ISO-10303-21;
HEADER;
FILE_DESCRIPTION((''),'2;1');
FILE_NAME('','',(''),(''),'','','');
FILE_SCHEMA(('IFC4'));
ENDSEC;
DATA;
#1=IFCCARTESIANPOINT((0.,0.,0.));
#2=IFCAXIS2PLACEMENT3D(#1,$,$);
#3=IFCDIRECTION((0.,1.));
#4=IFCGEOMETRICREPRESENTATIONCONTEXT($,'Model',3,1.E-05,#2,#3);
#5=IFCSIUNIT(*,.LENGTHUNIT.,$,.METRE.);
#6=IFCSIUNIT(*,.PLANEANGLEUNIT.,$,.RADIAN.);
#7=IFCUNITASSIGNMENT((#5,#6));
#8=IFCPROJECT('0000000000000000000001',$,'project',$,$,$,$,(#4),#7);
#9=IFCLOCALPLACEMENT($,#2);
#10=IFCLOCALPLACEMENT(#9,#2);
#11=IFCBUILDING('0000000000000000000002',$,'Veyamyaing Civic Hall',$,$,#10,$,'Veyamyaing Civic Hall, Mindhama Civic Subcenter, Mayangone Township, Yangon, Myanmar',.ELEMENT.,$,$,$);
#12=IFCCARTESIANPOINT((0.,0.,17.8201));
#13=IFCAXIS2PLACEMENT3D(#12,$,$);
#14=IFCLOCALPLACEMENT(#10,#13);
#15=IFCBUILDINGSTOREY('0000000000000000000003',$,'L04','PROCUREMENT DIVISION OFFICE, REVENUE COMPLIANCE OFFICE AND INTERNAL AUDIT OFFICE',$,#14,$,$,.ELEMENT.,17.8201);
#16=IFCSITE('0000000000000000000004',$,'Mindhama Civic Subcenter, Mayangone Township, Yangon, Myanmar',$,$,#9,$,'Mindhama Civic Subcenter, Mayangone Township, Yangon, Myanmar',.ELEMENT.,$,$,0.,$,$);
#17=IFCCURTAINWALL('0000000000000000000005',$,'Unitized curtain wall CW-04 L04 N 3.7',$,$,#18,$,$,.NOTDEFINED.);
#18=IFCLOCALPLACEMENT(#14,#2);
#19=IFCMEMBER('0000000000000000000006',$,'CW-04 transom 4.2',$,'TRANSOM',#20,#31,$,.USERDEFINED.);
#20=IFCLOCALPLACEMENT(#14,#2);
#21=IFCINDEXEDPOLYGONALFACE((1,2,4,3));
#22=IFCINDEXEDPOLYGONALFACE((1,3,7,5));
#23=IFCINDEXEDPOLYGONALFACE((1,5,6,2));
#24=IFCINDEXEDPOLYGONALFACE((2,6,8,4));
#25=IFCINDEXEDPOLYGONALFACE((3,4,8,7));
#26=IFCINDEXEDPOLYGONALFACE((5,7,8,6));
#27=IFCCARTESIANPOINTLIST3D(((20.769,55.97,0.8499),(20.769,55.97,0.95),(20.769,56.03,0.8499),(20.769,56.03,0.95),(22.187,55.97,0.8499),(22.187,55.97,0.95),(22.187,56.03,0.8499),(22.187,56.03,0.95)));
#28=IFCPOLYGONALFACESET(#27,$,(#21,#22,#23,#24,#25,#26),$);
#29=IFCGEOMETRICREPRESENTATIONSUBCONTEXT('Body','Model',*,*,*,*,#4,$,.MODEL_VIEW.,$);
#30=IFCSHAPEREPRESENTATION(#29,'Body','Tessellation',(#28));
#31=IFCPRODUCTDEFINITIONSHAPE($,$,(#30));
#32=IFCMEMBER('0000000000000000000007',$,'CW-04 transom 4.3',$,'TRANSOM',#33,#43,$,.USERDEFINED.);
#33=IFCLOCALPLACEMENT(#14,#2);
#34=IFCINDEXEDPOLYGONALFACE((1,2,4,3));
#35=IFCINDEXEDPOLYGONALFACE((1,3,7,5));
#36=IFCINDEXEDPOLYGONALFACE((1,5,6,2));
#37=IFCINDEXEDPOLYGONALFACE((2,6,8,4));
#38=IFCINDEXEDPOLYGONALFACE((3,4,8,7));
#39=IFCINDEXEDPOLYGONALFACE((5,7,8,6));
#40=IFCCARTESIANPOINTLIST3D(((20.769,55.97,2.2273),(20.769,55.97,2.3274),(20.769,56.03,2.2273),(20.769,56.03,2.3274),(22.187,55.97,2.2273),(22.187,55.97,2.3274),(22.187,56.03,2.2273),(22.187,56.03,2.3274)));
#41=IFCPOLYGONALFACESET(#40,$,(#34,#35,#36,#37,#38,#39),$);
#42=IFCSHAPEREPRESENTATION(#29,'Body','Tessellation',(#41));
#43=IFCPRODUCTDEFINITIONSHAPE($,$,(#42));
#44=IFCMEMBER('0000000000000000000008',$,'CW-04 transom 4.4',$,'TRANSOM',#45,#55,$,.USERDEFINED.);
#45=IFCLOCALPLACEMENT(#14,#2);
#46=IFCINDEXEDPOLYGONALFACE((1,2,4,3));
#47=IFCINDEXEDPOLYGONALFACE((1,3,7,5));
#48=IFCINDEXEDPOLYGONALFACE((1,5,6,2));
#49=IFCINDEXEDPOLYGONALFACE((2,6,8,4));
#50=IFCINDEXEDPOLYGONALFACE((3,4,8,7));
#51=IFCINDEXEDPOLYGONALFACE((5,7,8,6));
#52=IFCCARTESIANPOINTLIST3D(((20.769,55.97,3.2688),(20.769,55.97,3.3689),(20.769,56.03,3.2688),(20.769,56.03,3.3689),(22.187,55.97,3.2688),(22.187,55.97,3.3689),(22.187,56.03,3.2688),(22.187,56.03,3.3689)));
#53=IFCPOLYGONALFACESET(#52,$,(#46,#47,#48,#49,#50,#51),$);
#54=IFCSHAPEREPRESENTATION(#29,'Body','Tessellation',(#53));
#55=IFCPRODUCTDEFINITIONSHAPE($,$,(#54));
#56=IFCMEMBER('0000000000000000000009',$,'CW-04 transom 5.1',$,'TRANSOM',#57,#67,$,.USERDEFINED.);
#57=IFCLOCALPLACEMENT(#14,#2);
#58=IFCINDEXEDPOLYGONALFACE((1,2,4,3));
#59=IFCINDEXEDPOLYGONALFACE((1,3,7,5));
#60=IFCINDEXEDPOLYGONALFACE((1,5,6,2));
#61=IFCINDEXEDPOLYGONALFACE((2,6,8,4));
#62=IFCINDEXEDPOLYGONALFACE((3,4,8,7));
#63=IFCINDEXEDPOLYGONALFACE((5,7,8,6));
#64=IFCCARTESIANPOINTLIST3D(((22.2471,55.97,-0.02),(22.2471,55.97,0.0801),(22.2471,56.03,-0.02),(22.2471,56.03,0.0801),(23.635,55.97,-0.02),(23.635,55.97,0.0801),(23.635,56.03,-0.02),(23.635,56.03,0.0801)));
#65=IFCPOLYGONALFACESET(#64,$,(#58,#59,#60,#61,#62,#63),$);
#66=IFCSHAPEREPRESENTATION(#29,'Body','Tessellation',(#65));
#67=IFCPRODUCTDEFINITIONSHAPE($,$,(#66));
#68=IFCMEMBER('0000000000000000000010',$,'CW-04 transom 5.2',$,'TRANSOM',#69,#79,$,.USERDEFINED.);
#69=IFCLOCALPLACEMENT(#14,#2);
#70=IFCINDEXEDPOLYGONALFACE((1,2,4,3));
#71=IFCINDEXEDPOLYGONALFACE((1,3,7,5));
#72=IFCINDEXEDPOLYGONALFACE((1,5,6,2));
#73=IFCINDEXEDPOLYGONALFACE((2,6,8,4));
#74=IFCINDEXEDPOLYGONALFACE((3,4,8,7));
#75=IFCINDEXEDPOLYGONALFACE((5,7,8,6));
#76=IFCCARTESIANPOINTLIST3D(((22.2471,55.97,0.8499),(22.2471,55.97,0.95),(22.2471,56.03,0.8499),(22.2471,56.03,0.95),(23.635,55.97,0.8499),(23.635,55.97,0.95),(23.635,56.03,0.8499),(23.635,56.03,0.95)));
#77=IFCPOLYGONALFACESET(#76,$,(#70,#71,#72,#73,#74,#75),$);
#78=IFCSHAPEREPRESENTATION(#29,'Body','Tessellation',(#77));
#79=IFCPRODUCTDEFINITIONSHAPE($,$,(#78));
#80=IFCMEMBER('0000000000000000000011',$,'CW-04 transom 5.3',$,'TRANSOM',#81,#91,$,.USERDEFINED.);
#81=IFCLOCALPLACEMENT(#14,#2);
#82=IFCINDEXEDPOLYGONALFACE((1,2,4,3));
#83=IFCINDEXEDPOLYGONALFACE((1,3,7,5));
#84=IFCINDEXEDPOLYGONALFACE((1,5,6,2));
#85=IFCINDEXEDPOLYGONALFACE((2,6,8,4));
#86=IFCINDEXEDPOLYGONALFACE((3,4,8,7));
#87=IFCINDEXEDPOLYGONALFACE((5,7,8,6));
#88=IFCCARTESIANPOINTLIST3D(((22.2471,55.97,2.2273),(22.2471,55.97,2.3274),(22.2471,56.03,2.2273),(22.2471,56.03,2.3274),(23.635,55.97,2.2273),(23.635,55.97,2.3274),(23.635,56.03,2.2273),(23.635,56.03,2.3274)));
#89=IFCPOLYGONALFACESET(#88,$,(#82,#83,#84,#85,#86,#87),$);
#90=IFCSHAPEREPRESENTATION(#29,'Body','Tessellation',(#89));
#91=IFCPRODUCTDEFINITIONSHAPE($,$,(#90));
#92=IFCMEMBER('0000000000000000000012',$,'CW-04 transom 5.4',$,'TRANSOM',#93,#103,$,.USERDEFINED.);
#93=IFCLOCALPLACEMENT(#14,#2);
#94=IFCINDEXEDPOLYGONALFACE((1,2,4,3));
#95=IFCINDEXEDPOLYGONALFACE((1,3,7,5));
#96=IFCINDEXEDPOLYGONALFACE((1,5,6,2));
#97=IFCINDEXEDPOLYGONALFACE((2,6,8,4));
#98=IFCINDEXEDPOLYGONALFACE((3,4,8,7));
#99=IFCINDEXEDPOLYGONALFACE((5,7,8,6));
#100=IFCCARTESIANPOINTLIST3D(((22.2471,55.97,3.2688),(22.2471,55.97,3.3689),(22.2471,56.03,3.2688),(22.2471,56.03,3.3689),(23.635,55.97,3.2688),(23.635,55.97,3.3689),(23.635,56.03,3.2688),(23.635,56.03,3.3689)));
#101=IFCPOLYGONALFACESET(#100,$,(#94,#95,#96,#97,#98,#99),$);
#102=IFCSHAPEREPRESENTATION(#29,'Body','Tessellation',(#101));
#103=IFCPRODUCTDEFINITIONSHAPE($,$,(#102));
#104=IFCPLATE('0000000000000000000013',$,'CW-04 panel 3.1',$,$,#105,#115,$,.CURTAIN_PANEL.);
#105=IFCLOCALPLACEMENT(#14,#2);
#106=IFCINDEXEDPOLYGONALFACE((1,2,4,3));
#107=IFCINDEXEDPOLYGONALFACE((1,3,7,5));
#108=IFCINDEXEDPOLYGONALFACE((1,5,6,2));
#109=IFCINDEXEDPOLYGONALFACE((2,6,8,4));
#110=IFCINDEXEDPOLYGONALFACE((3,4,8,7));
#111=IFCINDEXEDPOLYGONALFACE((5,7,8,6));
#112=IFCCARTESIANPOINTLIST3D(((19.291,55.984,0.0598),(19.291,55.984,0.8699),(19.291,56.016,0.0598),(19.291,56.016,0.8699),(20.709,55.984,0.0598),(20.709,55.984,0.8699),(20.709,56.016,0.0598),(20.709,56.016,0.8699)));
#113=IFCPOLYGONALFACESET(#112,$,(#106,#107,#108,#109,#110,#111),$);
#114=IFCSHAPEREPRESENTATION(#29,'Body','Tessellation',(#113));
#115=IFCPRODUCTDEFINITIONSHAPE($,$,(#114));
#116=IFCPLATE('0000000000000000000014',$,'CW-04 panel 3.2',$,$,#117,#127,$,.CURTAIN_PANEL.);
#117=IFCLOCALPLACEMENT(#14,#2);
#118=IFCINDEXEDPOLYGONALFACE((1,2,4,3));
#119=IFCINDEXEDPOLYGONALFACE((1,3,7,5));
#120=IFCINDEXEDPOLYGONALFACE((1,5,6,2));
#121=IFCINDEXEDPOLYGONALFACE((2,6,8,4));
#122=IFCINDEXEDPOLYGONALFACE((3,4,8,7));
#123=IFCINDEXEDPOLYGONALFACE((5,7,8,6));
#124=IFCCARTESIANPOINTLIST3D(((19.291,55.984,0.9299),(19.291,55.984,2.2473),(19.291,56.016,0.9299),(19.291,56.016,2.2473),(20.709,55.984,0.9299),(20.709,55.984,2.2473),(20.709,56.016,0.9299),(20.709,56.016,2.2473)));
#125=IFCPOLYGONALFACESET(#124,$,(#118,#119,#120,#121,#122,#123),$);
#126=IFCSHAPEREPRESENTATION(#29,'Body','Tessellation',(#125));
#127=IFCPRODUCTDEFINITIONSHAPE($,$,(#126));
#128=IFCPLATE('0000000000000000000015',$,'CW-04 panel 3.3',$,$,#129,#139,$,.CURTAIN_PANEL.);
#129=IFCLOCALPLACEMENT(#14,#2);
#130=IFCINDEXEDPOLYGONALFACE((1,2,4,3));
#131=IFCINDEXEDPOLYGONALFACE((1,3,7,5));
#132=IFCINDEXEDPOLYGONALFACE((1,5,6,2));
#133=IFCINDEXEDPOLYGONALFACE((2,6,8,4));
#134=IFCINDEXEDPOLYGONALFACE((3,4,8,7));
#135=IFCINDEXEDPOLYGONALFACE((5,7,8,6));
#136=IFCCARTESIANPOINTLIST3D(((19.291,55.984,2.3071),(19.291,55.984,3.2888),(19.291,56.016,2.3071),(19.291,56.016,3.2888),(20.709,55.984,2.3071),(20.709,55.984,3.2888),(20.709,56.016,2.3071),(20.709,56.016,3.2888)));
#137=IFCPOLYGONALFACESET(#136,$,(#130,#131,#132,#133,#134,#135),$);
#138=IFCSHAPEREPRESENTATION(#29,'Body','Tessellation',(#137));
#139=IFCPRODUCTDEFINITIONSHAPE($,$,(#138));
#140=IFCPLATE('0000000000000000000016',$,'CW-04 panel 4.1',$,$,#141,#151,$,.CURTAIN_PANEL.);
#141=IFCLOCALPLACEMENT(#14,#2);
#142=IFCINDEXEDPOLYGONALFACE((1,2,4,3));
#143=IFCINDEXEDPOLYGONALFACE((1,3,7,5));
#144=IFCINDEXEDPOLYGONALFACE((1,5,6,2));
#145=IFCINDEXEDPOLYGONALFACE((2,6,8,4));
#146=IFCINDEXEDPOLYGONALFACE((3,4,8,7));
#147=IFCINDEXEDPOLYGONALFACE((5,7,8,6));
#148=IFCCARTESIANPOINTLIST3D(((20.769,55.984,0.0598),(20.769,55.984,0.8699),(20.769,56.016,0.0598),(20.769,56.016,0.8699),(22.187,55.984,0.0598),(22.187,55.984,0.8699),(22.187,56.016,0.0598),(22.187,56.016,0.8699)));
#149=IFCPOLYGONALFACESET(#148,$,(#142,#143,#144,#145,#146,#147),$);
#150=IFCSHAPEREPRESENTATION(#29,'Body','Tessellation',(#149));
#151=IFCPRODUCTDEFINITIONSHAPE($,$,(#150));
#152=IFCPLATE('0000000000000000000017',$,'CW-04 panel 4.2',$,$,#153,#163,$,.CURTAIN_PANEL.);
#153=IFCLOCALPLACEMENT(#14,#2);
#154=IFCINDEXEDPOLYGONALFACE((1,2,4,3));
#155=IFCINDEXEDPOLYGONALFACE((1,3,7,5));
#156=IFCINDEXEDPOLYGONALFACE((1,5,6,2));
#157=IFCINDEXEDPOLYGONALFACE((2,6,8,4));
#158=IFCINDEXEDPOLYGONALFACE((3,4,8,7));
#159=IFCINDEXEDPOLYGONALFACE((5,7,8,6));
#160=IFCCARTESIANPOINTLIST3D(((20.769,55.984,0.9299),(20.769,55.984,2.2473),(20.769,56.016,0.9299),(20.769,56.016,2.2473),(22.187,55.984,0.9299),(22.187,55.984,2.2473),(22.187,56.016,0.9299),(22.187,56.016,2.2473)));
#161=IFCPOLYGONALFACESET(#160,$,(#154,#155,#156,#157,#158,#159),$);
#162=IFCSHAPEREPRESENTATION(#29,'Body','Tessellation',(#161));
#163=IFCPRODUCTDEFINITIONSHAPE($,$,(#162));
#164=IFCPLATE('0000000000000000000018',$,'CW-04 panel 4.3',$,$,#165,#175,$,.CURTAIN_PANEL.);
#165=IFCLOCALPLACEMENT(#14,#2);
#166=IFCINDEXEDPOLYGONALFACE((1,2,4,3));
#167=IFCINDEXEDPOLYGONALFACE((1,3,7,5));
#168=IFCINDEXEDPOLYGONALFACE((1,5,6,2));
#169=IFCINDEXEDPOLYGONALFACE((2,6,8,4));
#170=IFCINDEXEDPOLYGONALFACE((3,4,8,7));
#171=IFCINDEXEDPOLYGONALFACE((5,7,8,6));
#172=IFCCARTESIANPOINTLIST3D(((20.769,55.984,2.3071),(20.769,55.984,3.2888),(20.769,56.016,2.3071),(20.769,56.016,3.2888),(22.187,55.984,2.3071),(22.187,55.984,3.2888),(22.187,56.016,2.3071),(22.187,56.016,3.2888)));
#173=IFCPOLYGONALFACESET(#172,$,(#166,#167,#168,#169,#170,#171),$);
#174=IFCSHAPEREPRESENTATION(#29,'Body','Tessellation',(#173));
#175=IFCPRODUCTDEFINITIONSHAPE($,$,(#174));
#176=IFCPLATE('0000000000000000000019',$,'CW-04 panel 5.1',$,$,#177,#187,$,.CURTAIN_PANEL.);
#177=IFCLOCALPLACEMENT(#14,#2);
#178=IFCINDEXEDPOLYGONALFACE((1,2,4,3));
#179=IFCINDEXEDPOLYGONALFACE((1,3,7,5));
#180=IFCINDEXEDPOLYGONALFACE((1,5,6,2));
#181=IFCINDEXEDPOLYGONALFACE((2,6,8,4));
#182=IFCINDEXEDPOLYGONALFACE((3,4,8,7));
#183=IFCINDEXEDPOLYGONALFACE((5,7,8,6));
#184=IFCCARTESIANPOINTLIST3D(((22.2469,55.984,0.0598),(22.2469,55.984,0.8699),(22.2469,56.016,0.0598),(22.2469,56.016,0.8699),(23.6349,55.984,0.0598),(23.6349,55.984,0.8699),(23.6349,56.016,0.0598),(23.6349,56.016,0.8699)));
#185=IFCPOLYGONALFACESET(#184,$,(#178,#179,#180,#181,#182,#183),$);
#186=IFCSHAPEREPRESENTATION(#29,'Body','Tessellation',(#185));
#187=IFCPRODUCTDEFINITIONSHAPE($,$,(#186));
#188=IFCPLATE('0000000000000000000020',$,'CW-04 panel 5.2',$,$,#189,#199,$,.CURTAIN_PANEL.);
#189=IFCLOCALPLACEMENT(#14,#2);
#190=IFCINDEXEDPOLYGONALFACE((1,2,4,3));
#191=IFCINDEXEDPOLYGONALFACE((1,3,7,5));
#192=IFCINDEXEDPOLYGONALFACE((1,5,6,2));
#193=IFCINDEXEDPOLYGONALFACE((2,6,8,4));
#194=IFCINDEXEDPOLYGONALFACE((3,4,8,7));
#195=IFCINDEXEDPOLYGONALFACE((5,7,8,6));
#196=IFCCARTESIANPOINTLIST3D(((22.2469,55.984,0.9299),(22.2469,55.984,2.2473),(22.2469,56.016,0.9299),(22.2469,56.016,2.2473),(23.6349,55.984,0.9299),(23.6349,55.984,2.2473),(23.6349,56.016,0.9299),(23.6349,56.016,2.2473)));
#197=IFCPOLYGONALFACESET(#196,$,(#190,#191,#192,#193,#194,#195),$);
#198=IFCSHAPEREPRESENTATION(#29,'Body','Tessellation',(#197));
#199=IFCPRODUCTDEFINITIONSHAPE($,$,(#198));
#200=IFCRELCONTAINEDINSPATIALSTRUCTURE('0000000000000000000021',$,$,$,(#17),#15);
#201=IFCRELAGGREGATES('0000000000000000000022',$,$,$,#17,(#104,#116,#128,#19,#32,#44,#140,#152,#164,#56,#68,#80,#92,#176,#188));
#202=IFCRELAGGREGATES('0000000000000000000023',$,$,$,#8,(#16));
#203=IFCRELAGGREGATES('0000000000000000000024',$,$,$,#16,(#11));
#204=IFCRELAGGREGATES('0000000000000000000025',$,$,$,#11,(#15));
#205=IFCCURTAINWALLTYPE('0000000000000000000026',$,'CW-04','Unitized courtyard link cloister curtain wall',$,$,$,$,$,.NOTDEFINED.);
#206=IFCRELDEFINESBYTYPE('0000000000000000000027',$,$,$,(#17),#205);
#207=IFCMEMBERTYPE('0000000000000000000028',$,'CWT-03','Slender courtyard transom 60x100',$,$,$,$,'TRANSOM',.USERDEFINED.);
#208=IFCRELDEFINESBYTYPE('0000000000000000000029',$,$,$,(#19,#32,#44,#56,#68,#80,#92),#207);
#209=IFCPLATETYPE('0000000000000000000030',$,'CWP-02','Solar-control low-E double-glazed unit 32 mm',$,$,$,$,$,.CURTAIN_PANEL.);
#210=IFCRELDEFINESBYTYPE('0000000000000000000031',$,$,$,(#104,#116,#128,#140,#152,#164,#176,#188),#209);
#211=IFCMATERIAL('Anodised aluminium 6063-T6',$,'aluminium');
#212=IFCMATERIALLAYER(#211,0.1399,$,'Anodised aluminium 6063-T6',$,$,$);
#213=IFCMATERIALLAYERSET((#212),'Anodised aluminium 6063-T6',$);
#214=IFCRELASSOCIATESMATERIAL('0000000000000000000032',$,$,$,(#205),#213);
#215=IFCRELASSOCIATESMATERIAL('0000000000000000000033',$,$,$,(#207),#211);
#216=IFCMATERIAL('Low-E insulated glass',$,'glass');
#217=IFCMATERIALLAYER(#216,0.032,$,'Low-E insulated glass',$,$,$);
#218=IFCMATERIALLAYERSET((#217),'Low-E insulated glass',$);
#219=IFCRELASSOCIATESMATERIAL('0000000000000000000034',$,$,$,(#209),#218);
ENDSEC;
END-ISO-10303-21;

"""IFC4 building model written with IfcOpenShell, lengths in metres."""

from ifc_helpers import new_model, si_unit, direction, frame, origin, origin_2d, place, context, subcontext, project, spatial, rectangle, extrude, material, layer, layer_set, material_profile, profile_set, type_object, element, aggregate, save


model = new_model("IFC4")

# Units and contexts
model_context = context("Model", 3, precision=1e-05, world=origin(), true_north=direction((0.0, 1.0)))
body_context = subcontext(model_context, "Body", "Model", "MODEL_VIEW")
ifc_project = project(units=[si_unit("LENGTHUNIT", "METRE"), si_unit("PLANEANGLEUNIT", "RADIAN")], contexts=[model_context])

# Site, building, storey
site_placement = place(None, origin())
site = spatial("IfcSite", under=ifc_project, at=site_placement, Name="Mindhama Civic Subcenter, Mayangone Township, Yangon, Myanmar", LongName="Mindhama Civic Subcenter, Mayangone Township, Yangon, Myanmar", CompositionType="ELEMENT", RefElevation=0.0)
building_placement = place(site_placement, origin())
building = spatial("IfcBuilding", under=site, at=building_placement, Name="Veyamyaing Civic Hall", LongName="Veyamyaing Civic Hall, Mindhama Civic Subcenter, Mayangone Township, Yangon, Myanmar", CompositionType="ELEMENT")
storey_placement = place(building_placement, frame((0.0, 0.0, 17.8201)))
storey = spatial("IfcBuildingStorey", under=building, at=storey_placement, Name="L04", Description="PROCUREMENT DIVISION OFFICE, REVENUE COMPLIANCE OFFICE AND INTERNAL AUDIT OFFICE", CompositionType="ELEMENT", Elevation=17.8201)

# Curtain wall, members, plates
ifc_material_1 = material(Name="Anodised aluminium 6063-T6", Category="aluminium")
ifc_layer_1 = layer(ifc_material_1, 0.1399, Name="Anodised aluminium 6063-T6")
ifc_layer_set_1 = layer_set([ifc_layer_1], Name="Anodised aluminium 6063-T6")
curtain_wall_type = type_object("IfcCurtainWallType", Name="CW-04", Description="Unitized courtyard link cloister curtain wall", PredefinedType="NOTDEFINED", material=ifc_layer_set_1)
curtain_wall_placement = place(storey_placement, origin())
curtain_wall = element("IfcCurtainWall", 1, at=curtain_wall_placement, inside=storey, type_object=curtain_wall_type, Name="Unitized curtain wall CW-04 L04 N 3.7", PredefinedType="NOTDEFINED")
ifc_material_profile_1 = material_profile(ifc_material_1, rectangle(XDim=0.0601, YDim=0.1001, at=origin_2d()), Name="ALU-TRN-60X100")
ifc_profile_set_1 = profile_set([ifc_material_profile_1], Name="Anodised aluminium 6063-T6")
member_type_1 = type_object("IfcMemberType", Name="CWT-03", Description="Slender courtyard transom 60x100", ElementType="TRANSOM", PredefinedType="USERDEFINED", material=ifc_profile_set_1)
member_1_placement = place(storey_placement, frame((20.769, 56.0, 0.8999), z_axis=(1.0, 0.0, 0.0), x_axis=(0.0, 1.0, 0.0)))
member_1 = element("IfcMember", 2, at=member_1_placement, type_object=member_type_1, Name="CW-04 transom 4.2", ObjectType="TRANSOM", PredefinedType="USERDEFINED", context=body_context, shape_type="SweptSolid", body=[
    extrude(rectangle(XDim=0.0601, YDim=0.1001, at=origin_2d()), origin(), (0.0, 0.0, 1.0), 1.418),
])
member_2_placement = place(storey_placement, frame((20.769, 56.0, 2.2773), z_axis=(1.0, 0.0, 0.0), x_axis=(0.0, 1.0, 0.0)))
member_2 = element("IfcMember", 3, at=member_2_placement, type_object=member_type_1, Name="CW-04 transom 4.3", ObjectType="TRANSOM", PredefinedType="USERDEFINED", context=body_context, shape_type="SweptSolid", body=[
    extrude(rectangle(XDim=0.0601, YDim=0.1001, at=origin_2d()), origin(), (0.0, 0.0, 1.0), 1.418),
])
member_3_placement = place(storey_placement, frame((20.769, 56.0, 3.3188), z_axis=(1.0, 0.0, 0.0), x_axis=(0.0, 1.0, 0.0)))
member_3 = element("IfcMember", 4, at=member_3_placement, type_object=member_type_1, Name="CW-04 transom 4.4", ObjectType="TRANSOM", PredefinedType="USERDEFINED", context=body_context, shape_type="SweptSolid", body=[
    extrude(rectangle(XDim=0.0601, YDim=0.1001, at=origin_2d()), origin(), (0.0, 0.0, 1.0), 1.418),
])
member_4_placement = place(storey_placement, frame((22.2471, 56.0, 0.03), z_axis=(1.0, 0.0, 0.0), x_axis=(0.0, 1.0, 0.0)))
member_4 = element("IfcMember", 5, at=member_4_placement, type_object=member_type_1, Name="CW-04 transom 5.1", ObjectType="TRANSOM", PredefinedType="USERDEFINED", context=body_context, shape_type="SweptSolid", body=[
    extrude(rectangle(XDim=0.0601, YDim=0.1001, at=origin_2d()), origin(), (0.0, 0.0, 1.0), 1.3879),
])
member_5_placement = place(storey_placement, frame((22.2471, 56.0, 0.8999), z_axis=(1.0, 0.0, 0.0), x_axis=(0.0, 1.0, 0.0)))
member_5 = element("IfcMember", 6, at=member_5_placement, type_object=member_type_1, Name="CW-04 transom 5.2", ObjectType="TRANSOM", PredefinedType="USERDEFINED", context=body_context, shape_type="SweptSolid", body=[
    extrude(rectangle(XDim=0.0601, YDim=0.1001, at=origin_2d()), origin(), (0.0, 0.0, 1.0), 1.3879),
])
member_6_placement = place(storey_placement, frame((22.2471, 56.0, 2.2773), z_axis=(1.0, 0.0, 0.0), x_axis=(0.0, 1.0, 0.0)))
member_6 = element("IfcMember", 7, at=member_6_placement, type_object=member_type_1, Name="CW-04 transom 5.3", ObjectType="TRANSOM", PredefinedType="USERDEFINED", context=body_context, shape_type="SweptSolid", body=[
    extrude(rectangle(XDim=0.0601, YDim=0.1001, at=origin_2d()), origin(), (0.0, 0.0, 1.0), 1.3879),
])
member_7_placement = place(storey_placement, frame((22.2471, 56.0, 3.3188), z_axis=(1.0, 0.0, 0.0), x_axis=(0.0, 1.0, 0.0)))
member_7 = element("IfcMember", 8, at=member_7_placement, type_object=member_type_1, Name="CW-04 transom 5.4", ObjectType="TRANSOM", PredefinedType="USERDEFINED", context=body_context, shape_type="SweptSolid", body=[
    extrude(rectangle(XDim=0.0601, YDim=0.1001, at=origin_2d()), origin(), (0.0, 0.0, 1.0), 1.3879),
])
ifc_material_2 = material(Name="Low-E insulated glass", Category="glass")
ifc_layer_2 = layer(ifc_material_2, 0.032, Name="Low-E insulated glass")
ifc_layer_set_2 = layer_set([ifc_layer_2], Name="Low-E insulated glass")
plate_type = type_object("IfcPlateType", Name="CWP-02", Description="Solar-control low-E double-glazed unit 32 mm", PredefinedType="CURTAIN_PANEL", material=ifc_layer_set_2)
plate_1_placement = place(storey_placement, frame((20.0, 56.0, 0.0598), z_axis=(0.0, 0.0, 1.0), x_axis=(1.0, 0.0, 0.0)))
plate_1 = element("IfcPlate", 9, at=plate_1_placement, type_object=plate_type, Name="CW-04 panel 3.1", PredefinedType="CURTAIN_PANEL", context=body_context, shape_type="SweptSolid", body=[
    extrude(rectangle(XDim=1.418, YDim=0.032, at=origin_2d()), origin(), (0.0, 0.0, 1.0), 0.8101),
])
plate_2_placement = place(storey_placement, frame((20.0, 56.0, 0.9299), z_axis=(0.0, 0.0, 1.0), x_axis=(1.0, 0.0, 0.0)))
plate_2 = element("IfcPlate", 10, at=plate_2_placement, type_object=plate_type, Name="CW-04 panel 3.2", PredefinedType="CURTAIN_PANEL", context=body_context, shape_type="SweptSolid", body=[
    extrude(rectangle(XDim=1.418, YDim=0.032, at=origin_2d()), origin(), (0.0, 0.0, 1.0), 1.3174),
])
plate_3_placement = place(storey_placement, frame((20.0, 56.0, 2.3071), z_axis=(0.0, 0.0, 1.0), x_axis=(1.0, 0.0, 0.0)))
plate_3 = element("IfcPlate", 11, at=plate_3_placement, type_object=plate_type, Name="CW-04 panel 3.3", PredefinedType="CURTAIN_PANEL", context=body_context, shape_type="SweptSolid", body=[
    extrude(rectangle(XDim=1.418, YDim=0.032, at=origin_2d()), origin(), (0.0, 0.0, 1.0), 0.9817),
])
plate_4_placement = place(storey_placement, frame((21.478, 56.0, 0.0598), z_axis=(0.0, 0.0, 1.0), x_axis=(1.0, 0.0, 0.0)))
plate_4 = element("IfcPlate", 12, at=plate_4_placement, type_object=plate_type, Name="CW-04 panel 4.1", PredefinedType="CURTAIN_PANEL", context=body_context, shape_type="SweptSolid", body=[
    extrude(rectangle(XDim=1.418, YDim=0.032, at=origin_2d()), origin(), (0.0, 0.0, 1.0), 0.8101),
])
plate_5_placement = place(storey_placement, frame((21.478, 56.0, 0.9299), z_axis=(0.0, 0.0, 1.0), x_axis=(1.0, 0.0, 0.0)))
plate_5 = element("IfcPlate", 13, at=plate_5_placement, type_object=plate_type, Name="CW-04 panel 4.2", PredefinedType="CURTAIN_PANEL", context=body_context, shape_type="SweptSolid", body=[
    extrude(rectangle(XDim=1.418, YDim=0.032, at=origin_2d()), origin(), (0.0, 0.0, 1.0), 1.3174),
])
plate_6_placement = place(storey_placement, frame((21.478, 56.0, 2.3071), z_axis=(0.0, 0.0, 1.0), x_axis=(1.0, 0.0, 0.0)))
plate_6 = element("IfcPlate", 14, at=plate_6_placement, type_object=plate_type, Name="CW-04 panel 4.3", PredefinedType="CURTAIN_PANEL", context=body_context, shape_type="SweptSolid", body=[
    extrude(rectangle(XDim=1.418, YDim=0.032, at=origin_2d()), origin(), (0.0, 0.0, 1.0), 0.9817),
])
plate_7_placement = place(storey_placement, frame((22.9409, 56.0, 0.0598), z_axis=(0.0, 0.0, 1.0), x_axis=(1.0, 0.0, 0.0)))
plate_7 = element("IfcPlate", 15, at=plate_7_placement, type_object=plate_type, Name="CW-04 panel 5.1", PredefinedType="CURTAIN_PANEL", context=body_context, shape_type="SweptSolid", body=[
    extrude(rectangle(XDim=1.3879, YDim=0.032, at=origin_2d()), origin(), (0.0, 0.0, 1.0), 0.8101),
])
plate_8_placement = place(storey_placement, frame((22.9409, 56.0, 0.9299), z_axis=(0.0, 0.0, 1.0), x_axis=(1.0, 0.0, 0.0)))
plate_8 = element("IfcPlate", 16, at=plate_8_placement, type_object=plate_type, Name="CW-04 panel 5.2", PredefinedType="CURTAIN_PANEL", context=body_context, shape_type="SweptSolid", body=[
    extrude(rectangle(XDim=1.3879, YDim=0.032, at=origin_2d()), origin(), (0.0, 0.0, 1.0), 1.3174),
])
aggregate(curtain_wall, [plate_1, plate_2, plate_3, member_1, member_2, member_3, plate_4, plate_5, plate_6, member_4, member_5, member_6, member_7, plate_7, plate_8])

save(model, "model.ifc")
